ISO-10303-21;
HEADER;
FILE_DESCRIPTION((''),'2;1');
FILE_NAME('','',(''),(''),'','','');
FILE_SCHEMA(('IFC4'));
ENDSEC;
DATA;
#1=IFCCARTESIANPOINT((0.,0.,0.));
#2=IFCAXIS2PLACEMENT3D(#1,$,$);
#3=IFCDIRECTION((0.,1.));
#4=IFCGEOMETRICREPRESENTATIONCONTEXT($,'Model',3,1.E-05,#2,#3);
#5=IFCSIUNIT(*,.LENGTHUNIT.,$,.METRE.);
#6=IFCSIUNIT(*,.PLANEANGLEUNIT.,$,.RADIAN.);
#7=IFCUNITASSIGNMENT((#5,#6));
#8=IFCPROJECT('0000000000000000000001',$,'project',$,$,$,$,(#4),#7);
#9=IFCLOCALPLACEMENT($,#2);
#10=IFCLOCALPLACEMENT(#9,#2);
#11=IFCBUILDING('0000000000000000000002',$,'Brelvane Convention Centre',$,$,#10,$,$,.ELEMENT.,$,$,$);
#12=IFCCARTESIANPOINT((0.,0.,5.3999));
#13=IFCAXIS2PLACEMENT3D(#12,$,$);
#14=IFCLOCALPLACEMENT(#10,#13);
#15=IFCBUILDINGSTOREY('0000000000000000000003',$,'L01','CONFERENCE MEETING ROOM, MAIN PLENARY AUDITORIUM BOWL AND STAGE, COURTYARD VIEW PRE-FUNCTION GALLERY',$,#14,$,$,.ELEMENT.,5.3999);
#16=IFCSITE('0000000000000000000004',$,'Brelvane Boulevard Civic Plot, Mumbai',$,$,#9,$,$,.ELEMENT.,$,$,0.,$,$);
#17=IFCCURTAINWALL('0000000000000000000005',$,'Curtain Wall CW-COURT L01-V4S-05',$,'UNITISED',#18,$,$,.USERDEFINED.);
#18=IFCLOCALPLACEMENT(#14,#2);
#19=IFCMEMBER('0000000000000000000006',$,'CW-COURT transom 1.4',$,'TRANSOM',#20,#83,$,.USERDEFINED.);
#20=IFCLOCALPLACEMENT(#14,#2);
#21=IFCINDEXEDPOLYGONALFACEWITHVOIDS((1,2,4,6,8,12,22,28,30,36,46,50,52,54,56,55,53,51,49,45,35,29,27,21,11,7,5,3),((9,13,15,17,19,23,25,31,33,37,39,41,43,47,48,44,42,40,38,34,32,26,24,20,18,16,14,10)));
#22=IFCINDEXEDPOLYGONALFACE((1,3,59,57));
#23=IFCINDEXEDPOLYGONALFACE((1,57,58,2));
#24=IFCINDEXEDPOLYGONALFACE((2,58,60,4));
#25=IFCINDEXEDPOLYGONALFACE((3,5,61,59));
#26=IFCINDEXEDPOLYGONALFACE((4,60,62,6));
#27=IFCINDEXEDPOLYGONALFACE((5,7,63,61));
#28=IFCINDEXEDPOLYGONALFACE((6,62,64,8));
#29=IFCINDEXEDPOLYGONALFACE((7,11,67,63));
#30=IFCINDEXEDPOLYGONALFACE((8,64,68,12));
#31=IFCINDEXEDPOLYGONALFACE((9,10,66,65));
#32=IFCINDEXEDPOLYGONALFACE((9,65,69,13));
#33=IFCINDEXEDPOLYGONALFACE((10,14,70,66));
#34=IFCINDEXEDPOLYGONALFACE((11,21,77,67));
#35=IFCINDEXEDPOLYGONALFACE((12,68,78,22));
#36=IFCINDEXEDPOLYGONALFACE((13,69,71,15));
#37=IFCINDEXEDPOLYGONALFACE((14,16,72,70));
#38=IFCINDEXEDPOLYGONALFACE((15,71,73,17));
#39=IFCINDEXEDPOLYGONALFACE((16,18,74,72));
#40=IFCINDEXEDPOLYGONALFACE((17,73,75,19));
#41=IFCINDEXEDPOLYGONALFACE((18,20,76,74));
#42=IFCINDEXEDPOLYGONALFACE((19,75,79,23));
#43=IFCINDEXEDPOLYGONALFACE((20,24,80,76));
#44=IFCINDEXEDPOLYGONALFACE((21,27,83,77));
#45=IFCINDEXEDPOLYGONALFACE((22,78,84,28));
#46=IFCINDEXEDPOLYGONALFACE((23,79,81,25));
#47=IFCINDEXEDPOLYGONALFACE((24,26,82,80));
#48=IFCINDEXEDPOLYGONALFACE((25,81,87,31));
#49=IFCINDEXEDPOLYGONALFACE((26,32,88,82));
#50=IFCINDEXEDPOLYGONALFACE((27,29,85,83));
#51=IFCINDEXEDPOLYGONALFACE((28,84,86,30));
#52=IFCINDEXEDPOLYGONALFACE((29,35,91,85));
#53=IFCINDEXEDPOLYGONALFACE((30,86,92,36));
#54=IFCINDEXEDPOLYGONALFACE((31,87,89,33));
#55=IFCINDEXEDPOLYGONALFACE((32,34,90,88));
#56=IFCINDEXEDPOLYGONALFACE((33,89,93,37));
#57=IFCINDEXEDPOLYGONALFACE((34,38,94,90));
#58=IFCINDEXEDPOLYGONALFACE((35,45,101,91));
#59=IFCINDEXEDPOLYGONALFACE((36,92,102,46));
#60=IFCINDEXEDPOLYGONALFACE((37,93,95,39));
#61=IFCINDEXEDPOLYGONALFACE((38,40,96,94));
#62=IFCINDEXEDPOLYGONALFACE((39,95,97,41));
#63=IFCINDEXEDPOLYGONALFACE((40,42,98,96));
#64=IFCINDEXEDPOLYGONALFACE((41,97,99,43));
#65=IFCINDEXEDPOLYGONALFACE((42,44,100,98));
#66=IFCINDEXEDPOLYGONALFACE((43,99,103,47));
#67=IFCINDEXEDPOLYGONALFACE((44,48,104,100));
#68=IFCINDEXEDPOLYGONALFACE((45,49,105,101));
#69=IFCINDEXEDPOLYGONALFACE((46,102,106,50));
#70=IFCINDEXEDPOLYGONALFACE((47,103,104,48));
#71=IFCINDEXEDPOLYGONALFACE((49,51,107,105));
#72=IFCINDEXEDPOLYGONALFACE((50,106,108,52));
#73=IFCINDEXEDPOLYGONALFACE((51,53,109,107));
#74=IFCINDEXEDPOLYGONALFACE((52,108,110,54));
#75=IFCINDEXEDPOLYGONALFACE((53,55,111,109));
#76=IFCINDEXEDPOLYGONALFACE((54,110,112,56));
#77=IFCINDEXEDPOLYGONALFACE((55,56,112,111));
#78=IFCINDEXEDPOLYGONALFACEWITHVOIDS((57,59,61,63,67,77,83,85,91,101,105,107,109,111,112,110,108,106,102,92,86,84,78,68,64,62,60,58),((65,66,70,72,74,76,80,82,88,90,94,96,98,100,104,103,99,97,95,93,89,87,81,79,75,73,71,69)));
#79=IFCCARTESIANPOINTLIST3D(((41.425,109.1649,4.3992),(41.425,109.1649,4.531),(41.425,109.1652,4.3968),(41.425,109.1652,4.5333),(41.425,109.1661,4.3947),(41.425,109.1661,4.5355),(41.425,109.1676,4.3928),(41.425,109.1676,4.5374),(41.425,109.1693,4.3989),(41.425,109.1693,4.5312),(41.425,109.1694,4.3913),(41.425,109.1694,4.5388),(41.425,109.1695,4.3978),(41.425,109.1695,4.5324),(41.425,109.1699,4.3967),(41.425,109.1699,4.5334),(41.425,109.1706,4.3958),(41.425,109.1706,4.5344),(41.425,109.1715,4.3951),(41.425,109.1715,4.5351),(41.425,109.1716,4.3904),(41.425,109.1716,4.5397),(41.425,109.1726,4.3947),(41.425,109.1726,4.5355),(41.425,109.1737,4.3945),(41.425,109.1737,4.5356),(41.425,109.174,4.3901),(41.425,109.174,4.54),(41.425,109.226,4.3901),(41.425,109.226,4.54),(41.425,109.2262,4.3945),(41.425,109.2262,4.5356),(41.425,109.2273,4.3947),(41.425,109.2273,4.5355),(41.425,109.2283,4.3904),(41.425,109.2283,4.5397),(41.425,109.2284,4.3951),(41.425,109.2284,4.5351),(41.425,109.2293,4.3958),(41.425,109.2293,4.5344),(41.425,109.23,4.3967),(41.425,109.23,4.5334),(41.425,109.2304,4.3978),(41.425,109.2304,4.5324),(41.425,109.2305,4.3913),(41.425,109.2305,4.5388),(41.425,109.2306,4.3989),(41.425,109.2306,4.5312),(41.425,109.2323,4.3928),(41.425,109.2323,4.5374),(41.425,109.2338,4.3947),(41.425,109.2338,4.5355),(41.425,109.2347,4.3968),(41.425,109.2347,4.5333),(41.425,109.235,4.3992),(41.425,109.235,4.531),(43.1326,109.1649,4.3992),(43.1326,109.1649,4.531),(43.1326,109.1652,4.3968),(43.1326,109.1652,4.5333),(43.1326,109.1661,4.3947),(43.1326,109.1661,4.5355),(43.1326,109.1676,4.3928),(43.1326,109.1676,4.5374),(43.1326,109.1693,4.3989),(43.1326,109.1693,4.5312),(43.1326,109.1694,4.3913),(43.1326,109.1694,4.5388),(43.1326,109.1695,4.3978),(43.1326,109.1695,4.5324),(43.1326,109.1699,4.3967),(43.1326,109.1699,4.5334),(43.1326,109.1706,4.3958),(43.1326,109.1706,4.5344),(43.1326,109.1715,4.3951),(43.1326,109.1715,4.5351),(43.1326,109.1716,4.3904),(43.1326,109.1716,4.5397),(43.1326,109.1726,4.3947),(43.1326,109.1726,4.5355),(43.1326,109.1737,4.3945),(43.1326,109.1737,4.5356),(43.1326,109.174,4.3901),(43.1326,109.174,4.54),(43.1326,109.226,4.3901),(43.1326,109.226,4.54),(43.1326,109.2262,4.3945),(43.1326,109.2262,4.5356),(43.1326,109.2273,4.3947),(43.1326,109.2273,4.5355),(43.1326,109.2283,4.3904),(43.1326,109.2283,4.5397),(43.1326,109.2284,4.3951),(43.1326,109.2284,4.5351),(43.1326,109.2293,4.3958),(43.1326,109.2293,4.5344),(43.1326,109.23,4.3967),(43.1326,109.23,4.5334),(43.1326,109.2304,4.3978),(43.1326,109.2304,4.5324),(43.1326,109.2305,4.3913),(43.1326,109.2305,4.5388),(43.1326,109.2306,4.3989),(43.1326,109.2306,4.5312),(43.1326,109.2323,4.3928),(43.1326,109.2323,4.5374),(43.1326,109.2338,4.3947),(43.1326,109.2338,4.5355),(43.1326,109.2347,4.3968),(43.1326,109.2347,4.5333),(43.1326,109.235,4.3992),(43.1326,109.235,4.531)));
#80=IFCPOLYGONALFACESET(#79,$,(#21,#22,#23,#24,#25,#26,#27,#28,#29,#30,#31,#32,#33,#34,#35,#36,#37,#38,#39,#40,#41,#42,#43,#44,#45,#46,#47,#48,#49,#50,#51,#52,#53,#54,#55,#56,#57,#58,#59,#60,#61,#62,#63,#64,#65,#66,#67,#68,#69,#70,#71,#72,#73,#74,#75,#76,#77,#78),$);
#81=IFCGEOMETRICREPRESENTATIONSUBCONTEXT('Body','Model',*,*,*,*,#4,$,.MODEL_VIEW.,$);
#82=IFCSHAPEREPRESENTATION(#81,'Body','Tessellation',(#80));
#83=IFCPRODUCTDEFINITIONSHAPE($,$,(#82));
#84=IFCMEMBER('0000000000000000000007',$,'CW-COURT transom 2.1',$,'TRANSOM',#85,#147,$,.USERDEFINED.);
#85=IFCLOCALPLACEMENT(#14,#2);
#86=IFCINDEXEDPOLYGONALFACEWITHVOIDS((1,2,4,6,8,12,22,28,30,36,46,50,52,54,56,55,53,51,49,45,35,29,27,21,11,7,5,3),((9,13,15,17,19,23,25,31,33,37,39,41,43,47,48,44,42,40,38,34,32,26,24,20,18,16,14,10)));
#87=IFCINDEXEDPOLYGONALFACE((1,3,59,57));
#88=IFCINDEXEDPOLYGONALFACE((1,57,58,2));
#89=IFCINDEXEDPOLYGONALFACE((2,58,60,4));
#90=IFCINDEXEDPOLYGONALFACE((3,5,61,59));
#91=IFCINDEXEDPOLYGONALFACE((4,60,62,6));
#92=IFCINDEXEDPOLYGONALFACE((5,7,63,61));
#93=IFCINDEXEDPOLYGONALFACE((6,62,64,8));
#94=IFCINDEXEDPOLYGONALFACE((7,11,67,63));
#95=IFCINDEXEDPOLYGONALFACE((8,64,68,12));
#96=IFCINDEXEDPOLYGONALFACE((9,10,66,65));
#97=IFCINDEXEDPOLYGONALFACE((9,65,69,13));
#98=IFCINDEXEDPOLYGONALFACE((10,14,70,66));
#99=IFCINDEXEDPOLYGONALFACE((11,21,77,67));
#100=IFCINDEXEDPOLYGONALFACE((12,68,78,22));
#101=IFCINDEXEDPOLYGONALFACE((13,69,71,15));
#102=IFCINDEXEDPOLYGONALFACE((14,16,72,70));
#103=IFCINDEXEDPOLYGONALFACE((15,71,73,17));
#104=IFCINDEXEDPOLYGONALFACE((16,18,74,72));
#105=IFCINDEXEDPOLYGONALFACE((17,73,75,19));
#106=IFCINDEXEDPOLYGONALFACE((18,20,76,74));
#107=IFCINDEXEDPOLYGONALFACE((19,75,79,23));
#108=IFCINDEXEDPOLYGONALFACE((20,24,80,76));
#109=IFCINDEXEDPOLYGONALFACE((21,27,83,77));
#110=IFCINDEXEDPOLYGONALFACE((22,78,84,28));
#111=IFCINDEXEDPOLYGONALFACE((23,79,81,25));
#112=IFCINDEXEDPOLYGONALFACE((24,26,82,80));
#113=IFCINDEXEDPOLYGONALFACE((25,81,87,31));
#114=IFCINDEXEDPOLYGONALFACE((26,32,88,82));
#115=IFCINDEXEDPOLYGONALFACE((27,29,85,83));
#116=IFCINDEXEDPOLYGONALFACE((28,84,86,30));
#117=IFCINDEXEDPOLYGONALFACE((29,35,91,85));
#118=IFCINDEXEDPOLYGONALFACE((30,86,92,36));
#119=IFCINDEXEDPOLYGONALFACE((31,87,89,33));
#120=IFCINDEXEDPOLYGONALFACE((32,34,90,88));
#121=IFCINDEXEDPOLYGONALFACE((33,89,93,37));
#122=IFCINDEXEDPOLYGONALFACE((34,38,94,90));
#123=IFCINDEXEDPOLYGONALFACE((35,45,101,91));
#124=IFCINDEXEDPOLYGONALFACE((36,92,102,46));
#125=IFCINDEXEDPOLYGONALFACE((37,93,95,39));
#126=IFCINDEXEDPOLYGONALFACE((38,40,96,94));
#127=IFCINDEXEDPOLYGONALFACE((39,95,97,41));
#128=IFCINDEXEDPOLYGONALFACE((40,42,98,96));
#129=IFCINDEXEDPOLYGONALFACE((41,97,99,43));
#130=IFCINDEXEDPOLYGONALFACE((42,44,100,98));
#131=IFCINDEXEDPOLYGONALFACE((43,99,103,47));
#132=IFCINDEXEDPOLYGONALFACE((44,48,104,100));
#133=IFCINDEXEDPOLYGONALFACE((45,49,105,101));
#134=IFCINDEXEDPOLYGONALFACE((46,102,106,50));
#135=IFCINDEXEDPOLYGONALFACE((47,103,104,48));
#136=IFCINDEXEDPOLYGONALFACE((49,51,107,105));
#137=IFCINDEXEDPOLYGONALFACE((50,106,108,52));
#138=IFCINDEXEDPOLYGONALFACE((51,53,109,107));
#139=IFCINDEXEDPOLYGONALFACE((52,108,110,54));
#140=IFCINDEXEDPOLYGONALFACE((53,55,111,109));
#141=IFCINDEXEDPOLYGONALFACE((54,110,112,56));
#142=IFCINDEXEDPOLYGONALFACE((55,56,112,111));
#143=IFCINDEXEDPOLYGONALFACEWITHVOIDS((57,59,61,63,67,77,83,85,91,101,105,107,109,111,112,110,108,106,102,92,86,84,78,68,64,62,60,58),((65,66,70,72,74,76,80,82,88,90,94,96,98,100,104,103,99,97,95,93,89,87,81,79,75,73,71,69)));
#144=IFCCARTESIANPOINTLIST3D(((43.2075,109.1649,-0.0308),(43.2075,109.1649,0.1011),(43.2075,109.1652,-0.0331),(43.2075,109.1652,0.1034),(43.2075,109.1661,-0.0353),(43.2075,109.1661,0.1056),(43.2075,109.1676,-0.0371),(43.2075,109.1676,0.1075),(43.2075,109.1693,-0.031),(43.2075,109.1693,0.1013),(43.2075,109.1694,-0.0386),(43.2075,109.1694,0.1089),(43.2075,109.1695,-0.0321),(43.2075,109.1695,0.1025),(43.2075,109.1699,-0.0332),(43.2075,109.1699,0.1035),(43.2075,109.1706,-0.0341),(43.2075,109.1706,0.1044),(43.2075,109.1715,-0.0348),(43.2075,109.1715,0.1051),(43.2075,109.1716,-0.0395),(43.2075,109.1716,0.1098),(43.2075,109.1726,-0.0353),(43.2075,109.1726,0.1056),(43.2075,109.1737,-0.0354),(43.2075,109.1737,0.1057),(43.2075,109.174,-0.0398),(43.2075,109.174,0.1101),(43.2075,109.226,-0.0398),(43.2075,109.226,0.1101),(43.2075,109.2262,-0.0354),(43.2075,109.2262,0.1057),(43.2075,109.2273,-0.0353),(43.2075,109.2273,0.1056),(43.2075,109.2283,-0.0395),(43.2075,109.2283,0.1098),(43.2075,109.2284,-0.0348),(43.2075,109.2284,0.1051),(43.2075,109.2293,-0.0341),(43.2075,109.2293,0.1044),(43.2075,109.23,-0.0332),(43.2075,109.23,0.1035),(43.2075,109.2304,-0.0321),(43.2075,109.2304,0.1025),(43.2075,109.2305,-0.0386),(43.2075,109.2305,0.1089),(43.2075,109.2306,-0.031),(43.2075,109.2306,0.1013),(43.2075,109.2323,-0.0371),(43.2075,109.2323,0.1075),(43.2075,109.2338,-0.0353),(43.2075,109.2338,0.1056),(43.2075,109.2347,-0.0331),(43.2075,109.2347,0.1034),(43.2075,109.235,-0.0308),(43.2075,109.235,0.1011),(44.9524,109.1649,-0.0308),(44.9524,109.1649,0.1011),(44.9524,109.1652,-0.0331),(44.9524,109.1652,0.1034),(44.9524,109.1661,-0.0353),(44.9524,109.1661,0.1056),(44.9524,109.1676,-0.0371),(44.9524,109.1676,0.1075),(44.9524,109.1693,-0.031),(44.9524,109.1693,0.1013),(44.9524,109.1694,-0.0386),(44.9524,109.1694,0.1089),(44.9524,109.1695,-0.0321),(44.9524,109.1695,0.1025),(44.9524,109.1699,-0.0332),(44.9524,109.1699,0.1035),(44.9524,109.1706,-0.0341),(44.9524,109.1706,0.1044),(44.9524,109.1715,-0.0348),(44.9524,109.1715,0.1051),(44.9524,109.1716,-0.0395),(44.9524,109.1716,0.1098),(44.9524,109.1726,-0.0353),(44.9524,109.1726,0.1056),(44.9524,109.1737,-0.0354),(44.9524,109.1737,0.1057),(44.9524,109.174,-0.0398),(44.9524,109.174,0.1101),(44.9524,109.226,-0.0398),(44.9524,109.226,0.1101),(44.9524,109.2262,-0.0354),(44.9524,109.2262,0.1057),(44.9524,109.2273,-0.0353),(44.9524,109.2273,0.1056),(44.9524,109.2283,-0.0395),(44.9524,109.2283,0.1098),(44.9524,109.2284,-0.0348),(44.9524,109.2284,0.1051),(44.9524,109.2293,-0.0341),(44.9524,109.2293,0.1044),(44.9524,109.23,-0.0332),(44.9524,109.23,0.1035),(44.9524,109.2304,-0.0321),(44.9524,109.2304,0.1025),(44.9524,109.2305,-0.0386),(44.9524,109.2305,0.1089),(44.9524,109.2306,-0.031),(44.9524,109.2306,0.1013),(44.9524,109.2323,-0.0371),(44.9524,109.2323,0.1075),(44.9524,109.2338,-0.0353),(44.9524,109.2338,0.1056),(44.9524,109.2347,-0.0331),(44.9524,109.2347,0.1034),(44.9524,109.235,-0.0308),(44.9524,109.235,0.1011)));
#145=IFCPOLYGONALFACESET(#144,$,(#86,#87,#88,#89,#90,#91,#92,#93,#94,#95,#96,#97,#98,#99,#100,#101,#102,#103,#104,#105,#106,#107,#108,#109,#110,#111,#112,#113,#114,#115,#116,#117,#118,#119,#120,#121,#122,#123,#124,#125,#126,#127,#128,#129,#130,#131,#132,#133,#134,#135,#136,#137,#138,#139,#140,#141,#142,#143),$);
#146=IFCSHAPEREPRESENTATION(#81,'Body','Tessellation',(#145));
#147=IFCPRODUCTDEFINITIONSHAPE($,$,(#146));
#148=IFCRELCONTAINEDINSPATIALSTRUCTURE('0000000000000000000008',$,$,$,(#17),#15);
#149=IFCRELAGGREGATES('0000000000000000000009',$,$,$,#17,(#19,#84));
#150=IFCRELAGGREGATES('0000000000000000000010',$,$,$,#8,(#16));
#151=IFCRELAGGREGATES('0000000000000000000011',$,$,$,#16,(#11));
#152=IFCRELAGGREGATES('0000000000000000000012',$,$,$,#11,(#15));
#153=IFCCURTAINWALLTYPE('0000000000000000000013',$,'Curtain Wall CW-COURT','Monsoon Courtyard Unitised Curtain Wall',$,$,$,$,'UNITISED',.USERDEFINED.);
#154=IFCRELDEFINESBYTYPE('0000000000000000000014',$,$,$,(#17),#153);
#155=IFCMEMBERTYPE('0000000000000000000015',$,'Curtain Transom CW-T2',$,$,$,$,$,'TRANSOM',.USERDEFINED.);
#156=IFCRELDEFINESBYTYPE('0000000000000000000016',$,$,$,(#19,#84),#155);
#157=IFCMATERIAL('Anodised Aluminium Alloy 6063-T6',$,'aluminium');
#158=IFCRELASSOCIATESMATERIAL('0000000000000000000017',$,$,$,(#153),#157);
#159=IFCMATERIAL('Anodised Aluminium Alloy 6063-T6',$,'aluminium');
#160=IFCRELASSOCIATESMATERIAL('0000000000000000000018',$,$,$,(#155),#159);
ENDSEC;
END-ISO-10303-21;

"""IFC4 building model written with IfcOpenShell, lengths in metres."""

from ifc_helpers import new_model, si_unit, direction, frame, origin, origin_2d, place, context, subcontext, project, spatial, hollow_rectangle, extrude, material, material_profile, profile_set, type_object, element, aggregate, save


model = new_model("IFC4")

# Units and contexts
model_context = context("Model", 3, precision=1e-05, world=origin(), true_north=direction((0.0, 1.0)))
body_context = subcontext(model_context, "Body", "Model", "MODEL_VIEW")
ifc_project = project(units=[si_unit("LENGTHUNIT", "METRE"), si_unit("PLANEANGLEUNIT", "RADIAN")], contexts=[model_context])

# Site, building, storey
site_placement = place(None, origin())
site = spatial("IfcSite", under=ifc_project, at=site_placement, Name="Brelvane Boulevard Civic Plot, Mumbai", CompositionType="ELEMENT", RefElevation=0.0)
building_placement = place(site_placement, origin())
building = spatial("IfcBuilding", under=site, at=building_placement, Name="Brelvane Convention Centre", CompositionType="ELEMENT")
storey_placement = place(building_placement, frame((0.0, 0.0, 5.3999)))
storey = spatial("IfcBuildingStorey", under=building, at=storey_placement, Name="L01", Description="CONFERENCE MEETING ROOM, MAIN PLENARY AUDITORIUM BOWL AND STAGE, COURTYARD VIEW PRE-FUNCTION GALLERY", CompositionType="ELEMENT", Elevation=5.3999)

# Curtain wall, members
ifc_material_1 = material(Name="Anodised Aluminium Alloy 6063-T6", Category="aluminium")
curtain_wall_type = type_object("IfcCurtainWallType", Name="Curtain Wall CW-COURT", Description="Monsoon Courtyard Unitised Curtain Wall", ElementType="UNITISED", PredefinedType="USERDEFINED", material=ifc_material_1)
curtain_wall_placement = place(storey_placement, origin())
curtain_wall = element("IfcCurtainWall", 1, at=curtain_wall_placement, inside=storey, type_object=curtain_wall_type, Name="Curtain Wall CW-COURT L01-V4S-05", ObjectType="UNITISED", PredefinedType="USERDEFINED")
ifc_material_2 = material(Name="Anodised Aluminium Alloy 6063-T6", Category="aluminium")
ifc_material_profile_1 = material_profile(ifc_material_2, hollow_rectangle(XDim=0.0701, YDim=0.1499, WallThickness=0.0044, InnerFilletRadius=0.0044, OuterFilletRadius=0.009, at=origin_2d()), Name="ALU-T 150x70x4.5")
ifc_profile_set_1 = profile_set([ifc_material_profile_1], Name="Anodised Aluminium Alloy 6063-T6")
member_type_1 = type_object("IfcMemberType", Name="Curtain Transom CW-T2", ElementType="TRANSOM", PredefinedType="USERDEFINED", material=ifc_profile_set_1)
member_1_placement = place(storey_placement, frame((41.425, 109.2, 4.4651), z_axis=(1.0, 0.0, 0.0), x_axis=(0.0, 1.0, 0.0)))
member_1 = element("IfcMember", 2, at=member_1_placement, type_object=member_type_1, Name="CW-COURT transom 1.4", ObjectType="TRANSOM", PredefinedType="USERDEFINED", context=body_context, shape_type="SweptSolid", body=[
    extrude(hollow_rectangle(XDim=0.0701, YDim=0.1499, WallThickness=0.0044, InnerFilletRadius=0.0044, OuterFilletRadius=0.009, at=origin_2d()), origin(), (0.0, 0.0, 1.0), 1.7075),
])
member_2_placement = place(storey_placement, frame((43.2075, 109.2, 0.0352), z_axis=(1.0, 0.0, 0.0), x_axis=(0.0, 1.0, 0.0)))
member_2 = element("IfcMember", 3, at=member_2_placement, type_object=member_type_1, Name="CW-COURT transom 2.1", ObjectType="TRANSOM", PredefinedType="USERDEFINED", context=body_context, shape_type="SweptSolid", body=[
    extrude(hollow_rectangle(XDim=0.0701, YDim=0.1499, WallThickness=0.0044, InnerFilletRadius=0.0044, OuterFilletRadius=0.009, at=origin_2d()), origin(), (0.0, 0.0, 1.0), 1.7449),
])

aggregate(curtain_wall, [member_1, member_2])

save(model, "model.ifc")
